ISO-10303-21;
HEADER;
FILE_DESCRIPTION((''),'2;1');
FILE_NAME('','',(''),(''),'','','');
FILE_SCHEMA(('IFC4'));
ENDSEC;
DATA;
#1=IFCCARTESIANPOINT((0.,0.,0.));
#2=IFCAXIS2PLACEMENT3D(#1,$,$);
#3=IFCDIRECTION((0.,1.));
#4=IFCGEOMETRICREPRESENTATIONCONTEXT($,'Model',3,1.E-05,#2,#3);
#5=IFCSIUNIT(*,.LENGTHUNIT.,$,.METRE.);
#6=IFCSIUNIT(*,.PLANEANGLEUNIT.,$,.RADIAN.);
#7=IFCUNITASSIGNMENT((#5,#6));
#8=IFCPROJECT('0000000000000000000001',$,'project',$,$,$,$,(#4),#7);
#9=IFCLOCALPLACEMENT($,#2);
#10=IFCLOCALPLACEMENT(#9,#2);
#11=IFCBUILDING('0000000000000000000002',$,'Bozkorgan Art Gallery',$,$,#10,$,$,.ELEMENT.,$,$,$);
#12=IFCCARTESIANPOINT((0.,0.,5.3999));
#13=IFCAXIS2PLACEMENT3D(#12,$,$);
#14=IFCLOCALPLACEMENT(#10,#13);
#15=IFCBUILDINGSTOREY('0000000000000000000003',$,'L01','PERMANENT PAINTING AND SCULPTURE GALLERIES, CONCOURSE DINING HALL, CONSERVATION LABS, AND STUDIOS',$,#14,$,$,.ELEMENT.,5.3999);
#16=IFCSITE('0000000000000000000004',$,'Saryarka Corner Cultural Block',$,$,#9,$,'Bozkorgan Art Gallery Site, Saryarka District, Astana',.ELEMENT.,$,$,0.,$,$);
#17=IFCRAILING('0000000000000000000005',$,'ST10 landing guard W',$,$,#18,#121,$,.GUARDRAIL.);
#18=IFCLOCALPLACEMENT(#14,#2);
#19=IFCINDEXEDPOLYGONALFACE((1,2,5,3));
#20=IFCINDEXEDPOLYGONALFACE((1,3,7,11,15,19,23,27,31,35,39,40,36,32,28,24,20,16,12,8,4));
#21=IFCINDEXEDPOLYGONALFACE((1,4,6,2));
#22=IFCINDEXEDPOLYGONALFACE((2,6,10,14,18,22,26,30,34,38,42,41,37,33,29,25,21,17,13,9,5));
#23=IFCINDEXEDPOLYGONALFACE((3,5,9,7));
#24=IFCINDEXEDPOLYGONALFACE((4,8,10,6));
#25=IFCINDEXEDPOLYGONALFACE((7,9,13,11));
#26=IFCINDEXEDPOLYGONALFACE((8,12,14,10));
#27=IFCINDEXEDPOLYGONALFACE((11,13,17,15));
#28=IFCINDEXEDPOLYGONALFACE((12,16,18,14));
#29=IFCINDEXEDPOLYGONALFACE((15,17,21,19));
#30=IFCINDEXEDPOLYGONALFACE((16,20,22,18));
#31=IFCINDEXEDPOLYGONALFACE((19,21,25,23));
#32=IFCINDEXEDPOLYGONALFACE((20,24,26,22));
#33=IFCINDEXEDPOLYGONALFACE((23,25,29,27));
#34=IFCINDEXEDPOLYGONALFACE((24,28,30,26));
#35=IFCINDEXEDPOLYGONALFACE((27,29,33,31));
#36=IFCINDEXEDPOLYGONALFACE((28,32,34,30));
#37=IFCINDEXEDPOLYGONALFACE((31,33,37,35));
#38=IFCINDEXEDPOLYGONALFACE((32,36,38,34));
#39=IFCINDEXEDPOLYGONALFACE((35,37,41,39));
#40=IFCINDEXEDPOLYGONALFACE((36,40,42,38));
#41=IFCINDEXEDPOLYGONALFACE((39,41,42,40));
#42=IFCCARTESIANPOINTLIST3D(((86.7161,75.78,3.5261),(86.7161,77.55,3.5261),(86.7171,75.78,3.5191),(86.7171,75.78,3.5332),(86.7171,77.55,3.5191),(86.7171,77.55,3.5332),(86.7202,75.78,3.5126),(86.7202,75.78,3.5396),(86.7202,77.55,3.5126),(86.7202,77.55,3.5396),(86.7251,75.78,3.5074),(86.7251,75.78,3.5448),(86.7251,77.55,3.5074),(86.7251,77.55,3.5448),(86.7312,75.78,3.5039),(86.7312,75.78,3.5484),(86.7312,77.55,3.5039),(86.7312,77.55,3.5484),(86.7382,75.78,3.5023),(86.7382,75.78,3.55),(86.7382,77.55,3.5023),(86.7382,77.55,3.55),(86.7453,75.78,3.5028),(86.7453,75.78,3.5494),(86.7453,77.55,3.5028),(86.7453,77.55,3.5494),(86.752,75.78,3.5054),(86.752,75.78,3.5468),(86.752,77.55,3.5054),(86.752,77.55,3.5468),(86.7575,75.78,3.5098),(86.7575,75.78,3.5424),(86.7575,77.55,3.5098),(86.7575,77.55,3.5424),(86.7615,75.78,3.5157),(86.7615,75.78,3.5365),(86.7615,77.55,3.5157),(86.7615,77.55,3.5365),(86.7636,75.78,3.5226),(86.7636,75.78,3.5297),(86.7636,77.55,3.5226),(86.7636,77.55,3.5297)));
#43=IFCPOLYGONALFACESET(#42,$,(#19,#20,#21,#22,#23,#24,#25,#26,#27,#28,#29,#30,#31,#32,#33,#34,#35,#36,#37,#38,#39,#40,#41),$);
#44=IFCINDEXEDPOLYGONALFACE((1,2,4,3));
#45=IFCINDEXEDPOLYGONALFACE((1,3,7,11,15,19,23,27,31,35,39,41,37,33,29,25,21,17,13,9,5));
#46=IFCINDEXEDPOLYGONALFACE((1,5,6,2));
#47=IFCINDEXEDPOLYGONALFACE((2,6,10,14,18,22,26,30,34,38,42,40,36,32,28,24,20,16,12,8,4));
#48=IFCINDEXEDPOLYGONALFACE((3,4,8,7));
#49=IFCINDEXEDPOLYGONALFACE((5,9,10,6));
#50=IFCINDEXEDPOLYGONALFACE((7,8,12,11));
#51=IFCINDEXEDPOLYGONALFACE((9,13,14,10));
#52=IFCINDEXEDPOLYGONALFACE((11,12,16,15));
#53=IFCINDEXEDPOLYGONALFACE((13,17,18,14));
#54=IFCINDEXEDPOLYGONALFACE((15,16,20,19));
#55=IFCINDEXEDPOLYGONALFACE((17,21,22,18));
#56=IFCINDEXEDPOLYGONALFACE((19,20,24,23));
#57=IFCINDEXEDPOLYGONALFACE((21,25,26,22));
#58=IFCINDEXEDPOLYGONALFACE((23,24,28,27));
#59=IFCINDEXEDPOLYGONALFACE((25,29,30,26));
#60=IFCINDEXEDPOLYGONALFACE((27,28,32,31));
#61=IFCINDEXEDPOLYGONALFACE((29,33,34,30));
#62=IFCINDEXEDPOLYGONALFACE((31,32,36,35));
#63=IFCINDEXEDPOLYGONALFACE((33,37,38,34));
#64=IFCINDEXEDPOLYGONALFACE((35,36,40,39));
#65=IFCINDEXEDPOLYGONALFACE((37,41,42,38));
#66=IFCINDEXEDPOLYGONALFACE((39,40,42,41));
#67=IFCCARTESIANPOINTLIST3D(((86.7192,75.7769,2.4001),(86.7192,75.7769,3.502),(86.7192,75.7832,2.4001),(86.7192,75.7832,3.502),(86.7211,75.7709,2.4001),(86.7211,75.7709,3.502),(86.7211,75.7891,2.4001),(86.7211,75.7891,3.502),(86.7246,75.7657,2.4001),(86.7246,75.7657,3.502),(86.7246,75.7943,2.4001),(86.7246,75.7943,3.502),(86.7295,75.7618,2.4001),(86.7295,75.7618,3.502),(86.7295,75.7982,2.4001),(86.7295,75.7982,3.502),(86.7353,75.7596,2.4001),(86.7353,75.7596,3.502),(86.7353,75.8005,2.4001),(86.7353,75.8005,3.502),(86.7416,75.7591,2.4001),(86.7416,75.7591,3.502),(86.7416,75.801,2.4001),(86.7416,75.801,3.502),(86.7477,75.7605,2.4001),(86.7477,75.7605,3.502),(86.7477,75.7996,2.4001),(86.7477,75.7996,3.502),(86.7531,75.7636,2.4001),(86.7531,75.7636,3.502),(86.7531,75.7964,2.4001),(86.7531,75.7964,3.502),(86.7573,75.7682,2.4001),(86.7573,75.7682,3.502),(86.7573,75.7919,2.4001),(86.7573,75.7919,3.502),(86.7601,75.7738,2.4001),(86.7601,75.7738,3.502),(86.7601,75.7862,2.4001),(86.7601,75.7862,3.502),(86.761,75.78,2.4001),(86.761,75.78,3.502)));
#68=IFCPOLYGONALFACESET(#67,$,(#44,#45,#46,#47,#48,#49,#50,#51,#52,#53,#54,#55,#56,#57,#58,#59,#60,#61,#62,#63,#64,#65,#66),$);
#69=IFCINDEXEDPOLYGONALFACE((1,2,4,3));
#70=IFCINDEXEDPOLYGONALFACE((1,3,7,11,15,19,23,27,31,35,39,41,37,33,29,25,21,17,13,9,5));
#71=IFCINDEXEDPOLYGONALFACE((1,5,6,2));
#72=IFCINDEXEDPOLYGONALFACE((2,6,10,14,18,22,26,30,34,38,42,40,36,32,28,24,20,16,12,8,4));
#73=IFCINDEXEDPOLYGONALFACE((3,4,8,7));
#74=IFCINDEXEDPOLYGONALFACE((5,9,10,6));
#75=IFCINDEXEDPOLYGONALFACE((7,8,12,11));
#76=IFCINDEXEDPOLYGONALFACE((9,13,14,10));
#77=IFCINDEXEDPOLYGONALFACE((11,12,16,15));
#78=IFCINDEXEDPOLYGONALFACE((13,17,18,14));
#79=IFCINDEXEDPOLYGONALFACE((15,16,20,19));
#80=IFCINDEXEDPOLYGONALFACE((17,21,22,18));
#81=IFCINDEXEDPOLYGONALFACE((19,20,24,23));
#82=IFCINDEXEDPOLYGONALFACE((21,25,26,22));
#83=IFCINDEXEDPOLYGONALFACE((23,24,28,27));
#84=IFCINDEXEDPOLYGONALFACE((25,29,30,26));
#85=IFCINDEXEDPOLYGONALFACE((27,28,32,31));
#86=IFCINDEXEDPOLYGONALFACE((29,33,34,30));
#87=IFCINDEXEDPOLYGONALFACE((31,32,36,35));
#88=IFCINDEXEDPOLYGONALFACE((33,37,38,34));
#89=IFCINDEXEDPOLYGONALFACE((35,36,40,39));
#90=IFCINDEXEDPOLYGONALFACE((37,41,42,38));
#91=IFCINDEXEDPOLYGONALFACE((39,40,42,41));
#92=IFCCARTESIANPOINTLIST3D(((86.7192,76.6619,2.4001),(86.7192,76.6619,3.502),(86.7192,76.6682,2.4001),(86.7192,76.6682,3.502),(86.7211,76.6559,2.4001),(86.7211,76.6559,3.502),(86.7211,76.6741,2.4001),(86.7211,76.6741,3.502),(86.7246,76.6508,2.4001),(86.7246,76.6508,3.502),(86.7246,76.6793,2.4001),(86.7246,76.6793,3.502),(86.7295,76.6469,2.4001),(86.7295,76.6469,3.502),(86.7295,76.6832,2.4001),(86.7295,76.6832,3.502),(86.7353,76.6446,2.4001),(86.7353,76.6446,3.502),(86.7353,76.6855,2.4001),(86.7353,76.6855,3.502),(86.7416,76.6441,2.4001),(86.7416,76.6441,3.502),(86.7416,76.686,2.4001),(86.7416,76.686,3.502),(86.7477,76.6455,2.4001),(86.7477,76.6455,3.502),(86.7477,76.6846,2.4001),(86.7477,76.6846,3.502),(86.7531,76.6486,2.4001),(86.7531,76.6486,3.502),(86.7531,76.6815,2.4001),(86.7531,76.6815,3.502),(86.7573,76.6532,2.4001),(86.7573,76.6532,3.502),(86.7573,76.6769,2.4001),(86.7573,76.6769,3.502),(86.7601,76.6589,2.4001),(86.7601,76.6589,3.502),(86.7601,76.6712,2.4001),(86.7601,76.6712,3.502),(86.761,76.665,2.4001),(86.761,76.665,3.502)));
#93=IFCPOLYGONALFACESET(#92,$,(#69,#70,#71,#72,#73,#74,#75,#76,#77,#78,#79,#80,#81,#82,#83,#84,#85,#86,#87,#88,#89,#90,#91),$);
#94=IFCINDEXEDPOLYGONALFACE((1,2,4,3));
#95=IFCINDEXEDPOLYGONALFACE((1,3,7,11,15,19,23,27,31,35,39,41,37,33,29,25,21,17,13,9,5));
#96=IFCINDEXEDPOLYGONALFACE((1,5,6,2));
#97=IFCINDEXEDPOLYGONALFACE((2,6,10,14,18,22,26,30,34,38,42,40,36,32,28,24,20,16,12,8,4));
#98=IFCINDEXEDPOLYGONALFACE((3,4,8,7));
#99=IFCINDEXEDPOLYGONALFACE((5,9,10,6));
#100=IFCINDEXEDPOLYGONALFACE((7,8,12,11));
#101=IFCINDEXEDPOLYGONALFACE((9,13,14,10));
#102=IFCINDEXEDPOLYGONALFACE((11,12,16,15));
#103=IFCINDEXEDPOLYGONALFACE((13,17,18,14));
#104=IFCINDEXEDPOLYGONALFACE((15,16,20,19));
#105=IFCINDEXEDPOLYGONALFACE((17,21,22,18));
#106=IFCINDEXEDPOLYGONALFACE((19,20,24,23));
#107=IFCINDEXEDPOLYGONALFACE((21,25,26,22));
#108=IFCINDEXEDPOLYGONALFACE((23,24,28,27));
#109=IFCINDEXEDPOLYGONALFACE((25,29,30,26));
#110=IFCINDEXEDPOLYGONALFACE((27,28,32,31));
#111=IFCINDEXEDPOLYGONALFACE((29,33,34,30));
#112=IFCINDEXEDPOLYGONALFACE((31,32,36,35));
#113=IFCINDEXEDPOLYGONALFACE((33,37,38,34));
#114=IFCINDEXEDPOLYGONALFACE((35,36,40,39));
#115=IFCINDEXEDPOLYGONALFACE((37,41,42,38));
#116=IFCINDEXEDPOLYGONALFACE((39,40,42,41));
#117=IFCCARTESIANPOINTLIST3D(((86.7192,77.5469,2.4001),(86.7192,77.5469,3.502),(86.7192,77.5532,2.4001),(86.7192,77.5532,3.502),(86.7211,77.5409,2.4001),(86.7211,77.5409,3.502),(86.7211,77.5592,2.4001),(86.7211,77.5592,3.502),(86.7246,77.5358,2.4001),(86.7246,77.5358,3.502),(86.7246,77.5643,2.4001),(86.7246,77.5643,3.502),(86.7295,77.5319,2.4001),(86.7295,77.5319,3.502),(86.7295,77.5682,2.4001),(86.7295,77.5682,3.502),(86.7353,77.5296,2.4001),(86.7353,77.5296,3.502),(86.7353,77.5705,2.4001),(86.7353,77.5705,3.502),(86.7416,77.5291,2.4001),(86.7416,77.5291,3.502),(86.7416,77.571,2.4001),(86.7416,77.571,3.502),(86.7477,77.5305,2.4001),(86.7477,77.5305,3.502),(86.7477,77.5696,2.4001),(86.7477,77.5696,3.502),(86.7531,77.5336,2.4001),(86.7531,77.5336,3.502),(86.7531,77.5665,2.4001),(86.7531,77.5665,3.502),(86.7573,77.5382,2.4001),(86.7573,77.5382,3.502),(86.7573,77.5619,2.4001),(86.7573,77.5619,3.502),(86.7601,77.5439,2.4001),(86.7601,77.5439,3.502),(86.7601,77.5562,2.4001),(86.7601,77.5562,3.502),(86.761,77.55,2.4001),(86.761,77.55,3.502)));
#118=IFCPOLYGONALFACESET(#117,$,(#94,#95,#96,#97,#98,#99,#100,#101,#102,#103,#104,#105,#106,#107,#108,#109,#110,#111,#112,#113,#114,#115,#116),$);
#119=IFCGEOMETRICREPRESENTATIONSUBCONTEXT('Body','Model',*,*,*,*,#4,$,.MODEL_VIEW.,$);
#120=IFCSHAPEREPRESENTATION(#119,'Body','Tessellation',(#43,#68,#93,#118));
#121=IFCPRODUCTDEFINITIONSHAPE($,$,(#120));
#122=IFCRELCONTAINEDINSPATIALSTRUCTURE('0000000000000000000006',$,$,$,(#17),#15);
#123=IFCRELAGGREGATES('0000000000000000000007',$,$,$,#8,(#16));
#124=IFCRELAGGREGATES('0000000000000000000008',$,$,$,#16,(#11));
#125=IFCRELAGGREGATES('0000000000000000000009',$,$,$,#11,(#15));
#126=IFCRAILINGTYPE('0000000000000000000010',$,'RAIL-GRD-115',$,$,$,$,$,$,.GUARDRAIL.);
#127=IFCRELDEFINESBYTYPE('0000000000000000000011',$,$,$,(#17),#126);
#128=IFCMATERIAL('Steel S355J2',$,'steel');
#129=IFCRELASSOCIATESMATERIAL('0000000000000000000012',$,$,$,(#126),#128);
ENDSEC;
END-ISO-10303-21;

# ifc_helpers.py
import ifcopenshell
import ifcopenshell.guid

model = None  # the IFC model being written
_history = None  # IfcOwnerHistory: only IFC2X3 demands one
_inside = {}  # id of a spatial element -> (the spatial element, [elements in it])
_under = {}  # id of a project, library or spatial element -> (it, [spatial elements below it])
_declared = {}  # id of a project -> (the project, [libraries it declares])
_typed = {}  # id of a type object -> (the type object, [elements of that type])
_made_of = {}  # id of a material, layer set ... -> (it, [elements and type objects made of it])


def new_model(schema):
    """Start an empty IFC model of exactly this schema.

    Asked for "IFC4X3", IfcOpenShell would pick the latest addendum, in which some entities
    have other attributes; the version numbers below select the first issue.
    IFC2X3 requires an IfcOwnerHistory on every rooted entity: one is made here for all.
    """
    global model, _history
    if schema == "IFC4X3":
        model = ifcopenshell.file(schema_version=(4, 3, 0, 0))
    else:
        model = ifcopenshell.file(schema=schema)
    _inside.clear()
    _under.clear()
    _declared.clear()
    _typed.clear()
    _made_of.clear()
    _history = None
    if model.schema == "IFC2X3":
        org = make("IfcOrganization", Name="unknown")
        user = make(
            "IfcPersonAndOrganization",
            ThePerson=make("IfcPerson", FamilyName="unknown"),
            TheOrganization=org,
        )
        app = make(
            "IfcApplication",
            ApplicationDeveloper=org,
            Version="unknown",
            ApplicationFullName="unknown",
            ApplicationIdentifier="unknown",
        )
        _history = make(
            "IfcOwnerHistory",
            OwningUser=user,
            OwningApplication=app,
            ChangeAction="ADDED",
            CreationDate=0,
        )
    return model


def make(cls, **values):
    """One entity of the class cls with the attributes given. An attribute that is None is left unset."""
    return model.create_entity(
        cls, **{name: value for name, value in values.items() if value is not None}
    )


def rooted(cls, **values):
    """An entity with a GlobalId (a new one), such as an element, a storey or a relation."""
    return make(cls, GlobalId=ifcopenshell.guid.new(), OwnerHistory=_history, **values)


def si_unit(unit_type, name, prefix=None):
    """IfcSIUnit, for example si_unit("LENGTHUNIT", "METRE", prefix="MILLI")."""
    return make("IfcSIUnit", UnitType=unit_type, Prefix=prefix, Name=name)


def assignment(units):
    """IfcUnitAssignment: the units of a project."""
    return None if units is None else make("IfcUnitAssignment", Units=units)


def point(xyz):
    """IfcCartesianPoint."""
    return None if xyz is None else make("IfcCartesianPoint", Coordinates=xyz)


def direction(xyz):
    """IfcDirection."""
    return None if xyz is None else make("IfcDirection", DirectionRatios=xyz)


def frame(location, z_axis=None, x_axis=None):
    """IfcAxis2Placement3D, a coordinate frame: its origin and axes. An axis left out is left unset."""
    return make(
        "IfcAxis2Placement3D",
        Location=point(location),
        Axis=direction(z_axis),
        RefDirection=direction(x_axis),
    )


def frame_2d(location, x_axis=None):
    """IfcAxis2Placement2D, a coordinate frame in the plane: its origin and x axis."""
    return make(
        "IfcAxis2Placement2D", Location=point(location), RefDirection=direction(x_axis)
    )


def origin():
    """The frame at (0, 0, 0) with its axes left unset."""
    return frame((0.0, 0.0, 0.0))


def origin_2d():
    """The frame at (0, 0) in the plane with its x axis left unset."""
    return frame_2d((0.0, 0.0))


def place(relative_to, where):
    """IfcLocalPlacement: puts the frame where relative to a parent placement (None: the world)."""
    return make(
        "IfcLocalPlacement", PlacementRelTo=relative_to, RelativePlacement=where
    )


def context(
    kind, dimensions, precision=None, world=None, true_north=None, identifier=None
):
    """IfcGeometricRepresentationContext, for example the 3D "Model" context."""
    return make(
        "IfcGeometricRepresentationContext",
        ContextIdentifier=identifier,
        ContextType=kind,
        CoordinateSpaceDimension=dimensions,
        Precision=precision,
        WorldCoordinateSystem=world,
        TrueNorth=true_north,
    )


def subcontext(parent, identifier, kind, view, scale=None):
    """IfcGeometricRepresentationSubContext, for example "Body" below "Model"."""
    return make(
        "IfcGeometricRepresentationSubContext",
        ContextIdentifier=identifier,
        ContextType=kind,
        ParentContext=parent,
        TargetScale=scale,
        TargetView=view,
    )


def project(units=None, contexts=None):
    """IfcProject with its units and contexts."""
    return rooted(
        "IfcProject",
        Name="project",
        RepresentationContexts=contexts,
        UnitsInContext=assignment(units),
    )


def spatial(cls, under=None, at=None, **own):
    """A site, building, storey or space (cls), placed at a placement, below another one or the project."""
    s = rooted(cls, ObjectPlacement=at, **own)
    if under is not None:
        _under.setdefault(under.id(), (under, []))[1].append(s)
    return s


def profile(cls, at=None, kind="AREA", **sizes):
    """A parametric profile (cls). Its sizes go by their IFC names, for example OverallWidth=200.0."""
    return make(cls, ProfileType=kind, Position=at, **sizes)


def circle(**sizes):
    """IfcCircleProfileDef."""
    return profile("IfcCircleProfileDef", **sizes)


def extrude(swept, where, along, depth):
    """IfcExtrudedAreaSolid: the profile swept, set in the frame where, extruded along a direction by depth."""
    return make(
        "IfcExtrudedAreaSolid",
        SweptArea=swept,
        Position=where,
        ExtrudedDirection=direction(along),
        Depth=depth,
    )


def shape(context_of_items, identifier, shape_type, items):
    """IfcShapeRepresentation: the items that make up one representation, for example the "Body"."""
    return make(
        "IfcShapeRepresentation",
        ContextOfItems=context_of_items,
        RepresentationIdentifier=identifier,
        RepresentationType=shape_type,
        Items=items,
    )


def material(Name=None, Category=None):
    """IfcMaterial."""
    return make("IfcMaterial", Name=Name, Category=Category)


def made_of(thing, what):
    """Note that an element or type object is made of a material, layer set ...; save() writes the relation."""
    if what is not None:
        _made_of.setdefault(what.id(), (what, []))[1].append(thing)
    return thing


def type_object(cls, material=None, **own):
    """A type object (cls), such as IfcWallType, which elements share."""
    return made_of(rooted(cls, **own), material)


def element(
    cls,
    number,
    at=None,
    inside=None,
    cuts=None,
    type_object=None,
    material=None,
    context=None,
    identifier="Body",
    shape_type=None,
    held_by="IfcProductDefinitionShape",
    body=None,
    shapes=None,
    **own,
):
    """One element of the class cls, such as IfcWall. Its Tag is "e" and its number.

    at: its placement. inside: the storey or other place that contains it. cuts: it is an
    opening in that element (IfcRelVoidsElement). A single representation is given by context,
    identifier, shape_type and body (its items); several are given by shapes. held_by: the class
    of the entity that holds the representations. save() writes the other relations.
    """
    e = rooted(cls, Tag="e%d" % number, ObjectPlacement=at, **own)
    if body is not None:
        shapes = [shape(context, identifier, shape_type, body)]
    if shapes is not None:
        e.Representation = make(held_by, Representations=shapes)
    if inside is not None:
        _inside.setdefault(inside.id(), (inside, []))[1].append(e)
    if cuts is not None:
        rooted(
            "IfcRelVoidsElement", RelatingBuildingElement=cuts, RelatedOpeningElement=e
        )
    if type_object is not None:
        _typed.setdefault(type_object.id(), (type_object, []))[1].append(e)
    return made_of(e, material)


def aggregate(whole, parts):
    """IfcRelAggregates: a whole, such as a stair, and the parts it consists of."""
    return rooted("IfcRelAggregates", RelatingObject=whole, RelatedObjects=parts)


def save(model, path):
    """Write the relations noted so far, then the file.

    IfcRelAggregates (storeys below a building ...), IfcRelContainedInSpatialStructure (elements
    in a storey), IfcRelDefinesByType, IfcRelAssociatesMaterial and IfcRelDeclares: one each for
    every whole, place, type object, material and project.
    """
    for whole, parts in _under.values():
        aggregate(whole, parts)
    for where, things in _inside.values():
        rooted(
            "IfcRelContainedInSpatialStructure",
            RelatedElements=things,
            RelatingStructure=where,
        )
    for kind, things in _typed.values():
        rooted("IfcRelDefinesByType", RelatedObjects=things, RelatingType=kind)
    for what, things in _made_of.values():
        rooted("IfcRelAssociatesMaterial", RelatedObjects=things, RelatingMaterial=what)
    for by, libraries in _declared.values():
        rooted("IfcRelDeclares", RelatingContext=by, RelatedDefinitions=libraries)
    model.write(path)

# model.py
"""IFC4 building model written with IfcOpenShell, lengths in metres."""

from ifc_helpers import new_model, si_unit, direction, frame, origin, origin_2d, place, context, subcontext, project, spatial, circle, extrude, material, type_object, element, save


model = new_model("IFC4")

# Units and contexts
model_context = context("Model", 3, precision=1e-05, world=origin(), true_north=direction((0.0, 1.0)))
body_context = subcontext(model_context, "Body", "Model", "MODEL_VIEW")
ifc_project = project(units=[si_unit("LENGTHUNIT", "METRE"), si_unit("PLANEANGLEUNIT", "RADIAN")], contexts=[model_context])

# Site, building, storey
site_placement = place(None, origin())
site = spatial("IfcSite", under=ifc_project, at=site_placement, Name="Saryarka Corner Cultural Block", LongName="Bozkorgan Art Gallery Site, Saryarka District, Astana", CompositionType="ELEMENT", RefElevation=0.0)
building_placement = place(site_placement, origin())
building = spatial("IfcBuilding", under=site, at=building_placement, Name="Bozkorgan Art Gallery", CompositionType="ELEMENT")
storey_placement = place(building_placement, frame((0.0, 0.0, 5.3999)))
storey = spatial("IfcBuildingStorey", under=building, at=storey_placement, Name="L01", Description="PERMANENT PAINTING AND SCULPTURE GALLERIES, CONCOURSE DINING HALL, CONSERVATION LABS, AND STUDIOS", CompositionType="ELEMENT", Elevation=5.3999)

# Shared definitions
ifc_material_1 = material(Name="Steel S355J2", Category="steel")

# Railing
railing_type = type_object("IfcRailingType", Name="RAIL-GRD-115", PredefinedType="GUARDRAIL", material=ifc_material_1)
railing_1_placement = place(storey_placement, frame((86.74, 75.78, 2.4001)))
element("IfcRailing", 1, at=railing_1_placement, inside=storey, type_object=railing_type, Name="ST10 landing guard W", PredefinedType="GUARDRAIL", context=body_context, shape_type="SweptSolid", body=[
    extrude(circle(Radius=0.0239, at=origin_2d()), frame((0.0, 0.0, 1.126), z_axis=(0.0, 1.0, 0.0), x_axis=(-1.0, 0.0, 0.0)), (0.0, 0.0, 1.0), 1.77),
    extrude(circle(Radius=0.021, at=origin_2d()), origin(), (0.0, 0.0, 1.0), 1.1018),
    extrude(circle(Radius=0.021, at=origin_2d()), frame((0.0, 0.885, 0.0)), (0.0, 0.0, 1.0), 1.1018),
    extrude(circle(Radius=0.021, at=origin_2d()), frame((0.0, 1.77, 0.0)), (0.0, 0.0, 1.0), 1.1018),
])

save(model, "model.ifc")
